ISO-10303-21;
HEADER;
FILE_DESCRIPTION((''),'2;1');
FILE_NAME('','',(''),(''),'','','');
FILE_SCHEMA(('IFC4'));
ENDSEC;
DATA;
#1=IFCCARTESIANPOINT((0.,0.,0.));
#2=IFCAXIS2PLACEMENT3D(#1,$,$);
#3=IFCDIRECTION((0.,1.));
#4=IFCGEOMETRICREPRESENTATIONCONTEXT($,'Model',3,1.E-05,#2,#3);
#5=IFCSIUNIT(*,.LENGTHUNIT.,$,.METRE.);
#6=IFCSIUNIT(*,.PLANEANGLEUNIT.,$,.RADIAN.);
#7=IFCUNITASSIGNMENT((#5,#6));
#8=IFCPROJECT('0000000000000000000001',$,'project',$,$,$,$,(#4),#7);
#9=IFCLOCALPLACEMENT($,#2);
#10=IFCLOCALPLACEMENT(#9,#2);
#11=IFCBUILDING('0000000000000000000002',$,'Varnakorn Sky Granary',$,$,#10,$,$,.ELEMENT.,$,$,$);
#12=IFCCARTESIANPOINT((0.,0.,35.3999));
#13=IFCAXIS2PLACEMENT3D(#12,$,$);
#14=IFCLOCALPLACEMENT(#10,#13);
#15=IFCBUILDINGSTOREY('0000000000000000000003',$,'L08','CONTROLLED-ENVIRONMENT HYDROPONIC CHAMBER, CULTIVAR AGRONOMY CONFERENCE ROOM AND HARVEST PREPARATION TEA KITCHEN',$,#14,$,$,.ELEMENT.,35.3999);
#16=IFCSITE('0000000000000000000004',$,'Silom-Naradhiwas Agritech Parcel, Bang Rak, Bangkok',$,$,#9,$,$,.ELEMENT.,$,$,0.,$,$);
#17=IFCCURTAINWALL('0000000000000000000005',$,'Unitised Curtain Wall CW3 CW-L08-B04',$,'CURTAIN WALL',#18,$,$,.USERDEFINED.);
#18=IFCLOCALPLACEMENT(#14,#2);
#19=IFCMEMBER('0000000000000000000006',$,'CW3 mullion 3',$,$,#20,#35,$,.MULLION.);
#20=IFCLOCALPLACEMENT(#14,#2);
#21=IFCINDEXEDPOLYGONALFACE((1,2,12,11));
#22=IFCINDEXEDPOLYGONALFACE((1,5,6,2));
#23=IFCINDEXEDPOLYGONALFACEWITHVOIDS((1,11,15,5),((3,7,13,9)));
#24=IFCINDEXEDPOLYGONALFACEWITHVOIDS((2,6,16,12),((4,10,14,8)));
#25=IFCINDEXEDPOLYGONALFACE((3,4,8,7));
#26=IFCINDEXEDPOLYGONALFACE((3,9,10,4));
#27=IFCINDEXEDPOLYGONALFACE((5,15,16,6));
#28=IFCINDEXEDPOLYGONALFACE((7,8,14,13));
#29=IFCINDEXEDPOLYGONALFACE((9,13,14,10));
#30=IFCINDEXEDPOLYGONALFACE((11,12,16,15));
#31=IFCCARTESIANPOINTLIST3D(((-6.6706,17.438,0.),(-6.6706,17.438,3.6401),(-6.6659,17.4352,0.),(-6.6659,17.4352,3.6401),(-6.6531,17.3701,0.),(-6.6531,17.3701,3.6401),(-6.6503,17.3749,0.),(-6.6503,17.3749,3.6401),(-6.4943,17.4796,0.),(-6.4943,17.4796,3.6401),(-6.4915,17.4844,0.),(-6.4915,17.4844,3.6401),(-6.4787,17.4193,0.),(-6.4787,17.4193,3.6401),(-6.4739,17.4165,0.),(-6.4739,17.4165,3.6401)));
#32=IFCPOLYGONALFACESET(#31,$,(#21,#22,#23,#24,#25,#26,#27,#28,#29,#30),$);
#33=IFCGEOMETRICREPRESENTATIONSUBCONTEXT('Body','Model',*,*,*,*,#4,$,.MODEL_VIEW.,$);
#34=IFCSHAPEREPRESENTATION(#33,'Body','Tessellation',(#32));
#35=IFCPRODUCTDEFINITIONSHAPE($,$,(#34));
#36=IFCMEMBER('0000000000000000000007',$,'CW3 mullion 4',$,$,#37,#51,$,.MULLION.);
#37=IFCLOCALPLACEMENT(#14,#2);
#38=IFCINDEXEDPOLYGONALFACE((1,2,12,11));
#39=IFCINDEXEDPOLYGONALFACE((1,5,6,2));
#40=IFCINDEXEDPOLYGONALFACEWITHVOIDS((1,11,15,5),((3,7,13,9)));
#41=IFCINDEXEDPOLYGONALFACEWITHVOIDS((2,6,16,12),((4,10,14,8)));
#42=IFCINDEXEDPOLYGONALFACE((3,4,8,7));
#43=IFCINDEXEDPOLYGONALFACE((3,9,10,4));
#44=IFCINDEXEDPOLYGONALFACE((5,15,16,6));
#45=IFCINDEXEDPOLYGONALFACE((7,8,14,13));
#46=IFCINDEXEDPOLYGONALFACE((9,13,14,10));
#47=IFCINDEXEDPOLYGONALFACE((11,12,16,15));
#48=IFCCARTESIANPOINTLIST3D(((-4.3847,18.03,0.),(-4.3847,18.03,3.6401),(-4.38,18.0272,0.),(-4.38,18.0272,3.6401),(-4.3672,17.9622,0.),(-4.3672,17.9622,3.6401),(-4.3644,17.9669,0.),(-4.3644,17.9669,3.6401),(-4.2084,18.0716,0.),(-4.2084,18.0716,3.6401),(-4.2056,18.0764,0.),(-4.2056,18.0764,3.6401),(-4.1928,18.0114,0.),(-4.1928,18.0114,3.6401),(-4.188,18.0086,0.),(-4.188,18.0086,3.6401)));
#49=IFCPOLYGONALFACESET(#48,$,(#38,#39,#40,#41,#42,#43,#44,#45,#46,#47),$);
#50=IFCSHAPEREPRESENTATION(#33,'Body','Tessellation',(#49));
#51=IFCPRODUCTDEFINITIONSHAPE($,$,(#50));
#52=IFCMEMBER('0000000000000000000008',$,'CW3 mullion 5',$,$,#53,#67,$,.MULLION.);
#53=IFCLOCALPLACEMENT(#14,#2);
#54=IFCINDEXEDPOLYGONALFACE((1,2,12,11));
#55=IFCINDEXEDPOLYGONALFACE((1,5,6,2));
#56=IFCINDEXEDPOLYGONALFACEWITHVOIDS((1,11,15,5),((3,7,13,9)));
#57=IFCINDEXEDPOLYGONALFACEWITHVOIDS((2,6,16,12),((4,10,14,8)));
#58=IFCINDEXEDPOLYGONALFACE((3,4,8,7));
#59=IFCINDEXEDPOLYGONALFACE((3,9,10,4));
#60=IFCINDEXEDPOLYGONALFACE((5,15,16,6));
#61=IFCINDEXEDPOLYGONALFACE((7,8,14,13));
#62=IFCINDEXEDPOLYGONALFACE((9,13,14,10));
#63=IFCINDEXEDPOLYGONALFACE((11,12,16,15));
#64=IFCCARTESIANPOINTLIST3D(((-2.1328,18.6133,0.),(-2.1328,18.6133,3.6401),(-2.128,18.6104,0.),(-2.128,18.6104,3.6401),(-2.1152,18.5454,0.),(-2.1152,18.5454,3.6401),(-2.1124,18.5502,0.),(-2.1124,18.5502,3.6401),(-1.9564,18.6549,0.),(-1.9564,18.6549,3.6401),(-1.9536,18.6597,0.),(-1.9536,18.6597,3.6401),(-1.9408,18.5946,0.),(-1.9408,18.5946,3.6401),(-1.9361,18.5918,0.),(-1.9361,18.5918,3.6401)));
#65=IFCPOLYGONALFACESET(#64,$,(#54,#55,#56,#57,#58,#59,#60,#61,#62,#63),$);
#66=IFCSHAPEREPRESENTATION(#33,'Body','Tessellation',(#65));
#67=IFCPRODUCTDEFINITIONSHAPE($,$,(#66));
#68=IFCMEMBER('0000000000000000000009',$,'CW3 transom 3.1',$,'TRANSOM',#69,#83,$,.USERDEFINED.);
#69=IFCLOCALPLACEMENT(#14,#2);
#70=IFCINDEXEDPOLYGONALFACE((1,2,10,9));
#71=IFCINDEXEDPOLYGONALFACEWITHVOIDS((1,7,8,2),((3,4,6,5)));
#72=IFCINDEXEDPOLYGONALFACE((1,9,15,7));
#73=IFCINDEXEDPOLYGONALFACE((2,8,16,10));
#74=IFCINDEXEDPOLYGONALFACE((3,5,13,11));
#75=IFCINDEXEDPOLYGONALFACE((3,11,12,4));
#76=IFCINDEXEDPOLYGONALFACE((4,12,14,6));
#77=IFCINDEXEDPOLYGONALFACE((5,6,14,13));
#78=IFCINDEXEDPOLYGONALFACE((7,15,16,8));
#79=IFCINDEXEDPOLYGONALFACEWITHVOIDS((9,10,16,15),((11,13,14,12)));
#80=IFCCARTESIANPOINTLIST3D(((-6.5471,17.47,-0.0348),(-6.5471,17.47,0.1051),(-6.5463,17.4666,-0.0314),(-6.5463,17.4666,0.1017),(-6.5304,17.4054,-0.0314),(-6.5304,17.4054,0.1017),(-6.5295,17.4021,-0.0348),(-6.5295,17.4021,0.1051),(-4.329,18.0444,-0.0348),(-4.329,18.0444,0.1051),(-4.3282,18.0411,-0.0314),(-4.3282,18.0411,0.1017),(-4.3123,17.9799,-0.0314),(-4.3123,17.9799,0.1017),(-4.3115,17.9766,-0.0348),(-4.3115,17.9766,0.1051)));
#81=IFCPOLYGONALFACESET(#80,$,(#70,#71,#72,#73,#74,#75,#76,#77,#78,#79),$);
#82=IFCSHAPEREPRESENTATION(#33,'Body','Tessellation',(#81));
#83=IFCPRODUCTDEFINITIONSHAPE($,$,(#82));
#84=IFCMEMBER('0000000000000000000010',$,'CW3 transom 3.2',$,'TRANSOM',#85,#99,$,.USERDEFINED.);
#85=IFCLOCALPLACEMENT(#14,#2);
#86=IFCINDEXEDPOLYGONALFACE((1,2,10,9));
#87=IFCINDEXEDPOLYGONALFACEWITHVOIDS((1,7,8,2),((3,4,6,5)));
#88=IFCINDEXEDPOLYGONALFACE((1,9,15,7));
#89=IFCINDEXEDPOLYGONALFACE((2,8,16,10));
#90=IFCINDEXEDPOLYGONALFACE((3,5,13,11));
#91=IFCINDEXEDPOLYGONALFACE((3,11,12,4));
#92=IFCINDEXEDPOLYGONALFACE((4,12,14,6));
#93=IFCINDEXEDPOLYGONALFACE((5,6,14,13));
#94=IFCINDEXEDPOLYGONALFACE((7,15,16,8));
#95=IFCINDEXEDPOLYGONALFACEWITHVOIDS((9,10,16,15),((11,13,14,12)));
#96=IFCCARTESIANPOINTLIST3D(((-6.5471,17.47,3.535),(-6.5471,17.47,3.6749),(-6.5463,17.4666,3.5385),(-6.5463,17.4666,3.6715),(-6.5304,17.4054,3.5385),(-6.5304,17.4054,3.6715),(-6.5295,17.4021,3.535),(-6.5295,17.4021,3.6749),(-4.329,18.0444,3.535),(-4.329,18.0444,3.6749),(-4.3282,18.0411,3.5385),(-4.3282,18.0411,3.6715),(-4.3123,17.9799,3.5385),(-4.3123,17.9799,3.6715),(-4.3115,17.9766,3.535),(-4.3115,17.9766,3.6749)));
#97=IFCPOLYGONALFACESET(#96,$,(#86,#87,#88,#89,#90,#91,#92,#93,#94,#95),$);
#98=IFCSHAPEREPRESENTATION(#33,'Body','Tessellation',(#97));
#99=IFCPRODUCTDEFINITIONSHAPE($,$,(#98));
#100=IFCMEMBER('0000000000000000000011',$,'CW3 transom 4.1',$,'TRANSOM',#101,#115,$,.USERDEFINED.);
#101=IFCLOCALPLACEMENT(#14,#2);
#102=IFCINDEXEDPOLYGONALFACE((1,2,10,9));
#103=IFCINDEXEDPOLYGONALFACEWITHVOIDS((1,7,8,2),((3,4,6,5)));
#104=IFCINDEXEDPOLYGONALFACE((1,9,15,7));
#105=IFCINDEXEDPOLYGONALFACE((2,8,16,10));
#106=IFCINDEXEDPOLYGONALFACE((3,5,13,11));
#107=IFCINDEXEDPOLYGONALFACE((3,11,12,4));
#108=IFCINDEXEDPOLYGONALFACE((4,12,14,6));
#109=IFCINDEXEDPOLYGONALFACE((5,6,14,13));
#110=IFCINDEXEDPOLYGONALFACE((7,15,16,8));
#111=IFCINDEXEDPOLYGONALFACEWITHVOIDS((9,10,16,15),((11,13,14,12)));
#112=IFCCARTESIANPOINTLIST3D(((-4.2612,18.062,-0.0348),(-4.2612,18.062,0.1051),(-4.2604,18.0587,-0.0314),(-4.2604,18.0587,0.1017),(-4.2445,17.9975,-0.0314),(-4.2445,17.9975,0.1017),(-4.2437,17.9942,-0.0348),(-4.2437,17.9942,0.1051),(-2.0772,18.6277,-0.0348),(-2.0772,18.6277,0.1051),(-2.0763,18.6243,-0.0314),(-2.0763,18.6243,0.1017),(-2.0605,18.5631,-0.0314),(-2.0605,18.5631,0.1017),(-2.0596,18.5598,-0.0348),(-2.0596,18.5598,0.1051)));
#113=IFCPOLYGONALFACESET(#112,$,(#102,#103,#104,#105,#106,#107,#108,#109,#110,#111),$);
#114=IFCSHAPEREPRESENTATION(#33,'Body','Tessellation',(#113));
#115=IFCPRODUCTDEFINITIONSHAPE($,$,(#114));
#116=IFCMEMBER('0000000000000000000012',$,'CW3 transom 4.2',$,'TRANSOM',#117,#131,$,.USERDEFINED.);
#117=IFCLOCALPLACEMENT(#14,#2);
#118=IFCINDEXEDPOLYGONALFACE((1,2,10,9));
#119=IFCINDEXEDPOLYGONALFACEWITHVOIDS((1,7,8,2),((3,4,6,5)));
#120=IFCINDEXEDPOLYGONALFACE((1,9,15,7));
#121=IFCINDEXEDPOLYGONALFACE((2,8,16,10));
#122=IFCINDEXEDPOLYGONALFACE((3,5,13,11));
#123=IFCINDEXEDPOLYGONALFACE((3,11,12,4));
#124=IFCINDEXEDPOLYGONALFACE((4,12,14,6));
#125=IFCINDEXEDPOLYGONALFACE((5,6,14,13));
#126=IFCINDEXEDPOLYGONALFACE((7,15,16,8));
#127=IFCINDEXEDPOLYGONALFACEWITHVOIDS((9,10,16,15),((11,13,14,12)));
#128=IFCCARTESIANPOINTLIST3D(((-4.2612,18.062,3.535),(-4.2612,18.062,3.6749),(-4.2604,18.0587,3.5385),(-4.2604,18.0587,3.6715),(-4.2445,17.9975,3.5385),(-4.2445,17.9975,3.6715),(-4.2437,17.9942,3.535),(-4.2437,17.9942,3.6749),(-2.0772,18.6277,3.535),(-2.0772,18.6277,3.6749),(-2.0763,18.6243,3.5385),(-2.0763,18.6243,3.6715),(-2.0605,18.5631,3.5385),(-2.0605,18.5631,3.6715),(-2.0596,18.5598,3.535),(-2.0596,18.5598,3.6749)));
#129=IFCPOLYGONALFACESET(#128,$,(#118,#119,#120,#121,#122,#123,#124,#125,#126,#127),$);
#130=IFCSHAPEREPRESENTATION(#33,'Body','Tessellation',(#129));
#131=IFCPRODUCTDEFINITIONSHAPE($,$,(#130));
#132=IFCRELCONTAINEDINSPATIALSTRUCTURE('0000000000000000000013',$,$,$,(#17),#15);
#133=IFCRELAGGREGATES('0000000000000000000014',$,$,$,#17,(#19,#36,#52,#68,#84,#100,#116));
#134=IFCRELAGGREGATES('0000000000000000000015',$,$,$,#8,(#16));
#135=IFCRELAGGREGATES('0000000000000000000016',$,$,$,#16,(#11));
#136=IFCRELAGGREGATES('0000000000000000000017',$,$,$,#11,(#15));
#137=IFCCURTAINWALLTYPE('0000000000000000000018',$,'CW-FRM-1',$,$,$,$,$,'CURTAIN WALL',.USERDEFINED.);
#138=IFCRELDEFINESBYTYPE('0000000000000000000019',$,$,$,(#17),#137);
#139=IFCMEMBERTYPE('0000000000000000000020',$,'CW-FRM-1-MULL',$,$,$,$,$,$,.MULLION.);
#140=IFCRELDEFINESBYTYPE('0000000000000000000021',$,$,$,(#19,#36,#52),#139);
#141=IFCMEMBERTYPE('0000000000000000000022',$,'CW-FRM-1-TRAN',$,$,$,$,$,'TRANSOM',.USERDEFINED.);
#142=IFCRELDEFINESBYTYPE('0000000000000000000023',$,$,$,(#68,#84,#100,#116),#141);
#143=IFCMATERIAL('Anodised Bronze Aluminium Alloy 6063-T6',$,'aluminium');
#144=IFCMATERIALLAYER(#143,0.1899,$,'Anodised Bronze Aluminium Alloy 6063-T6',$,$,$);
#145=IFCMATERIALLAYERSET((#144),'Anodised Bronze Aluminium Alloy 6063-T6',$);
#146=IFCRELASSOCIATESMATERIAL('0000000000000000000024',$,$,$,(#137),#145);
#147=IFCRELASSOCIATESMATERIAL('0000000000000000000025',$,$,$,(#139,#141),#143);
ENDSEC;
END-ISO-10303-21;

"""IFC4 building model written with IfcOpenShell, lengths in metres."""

from ifc_helpers import new_model, si_unit, direction, frame, origin, origin_2d, place, context, subcontext, project, spatial, hollow_rectangle, extrude, material, layer, layer_set, material_profile, profile_set, type_object, element, aggregate, save


model = new_model("IFC4")

# Units and contexts
model_context = context("Model", 3, precision=1e-05, world=origin(), true_north=direction((0.0, 1.0)))
body_context = subcontext(model_context, "Body", "Model", "MODEL_VIEW")
ifc_project = project(units=[si_unit("LENGTHUNIT", "METRE"), si_unit("PLANEANGLEUNIT", "RADIAN")], contexts=[model_context])

# Site, building, storey
site_placement = place(None, origin())
site = spatial("IfcSite", under=ifc_project, at=site_placement, Name="Silom-Naradhiwas Agritech Parcel, Bang Rak, Bangkok", CompositionType="ELEMENT", RefElevation=0.0)
building_placement = place(site_placement, origin())
building = spatial("IfcBuilding", under=site, at=building_placement, Name="Varnakorn Sky Granary", CompositionType="ELEMENT")
storey_placement = place(building_placement, frame((0.0, 0.0, 35.3999)))
storey = spatial("IfcBuildingStorey", under=building, at=storey_placement, Name="L08", Description="CONTROLLED-ENVIRONMENT HYDROPONIC CHAMBER, CULTIVAR AGRONOMY CONFERENCE ROOM AND HARVEST PREPARATION TEA KITCHEN", CompositionType="ELEMENT", Elevation=35.3999)

# Curtain wall, members
ifc_material_1 = material(Name="Anodised Bronze Aluminium Alloy 6063-T6", Category="aluminium")
ifc_layer_1 = layer(ifc_material_1, 0.1899, Name="Anodised Bronze Aluminium Alloy 6063-T6")
ifc_layer_set_1 = layer_set([ifc_layer_1], Name="Anodised Bronze Aluminium Alloy 6063-T6")
curtain_wall_type = type_object("IfcCurtainWallType", Name="CW-FRM-1", ElementType="CURTAIN WALL", PredefinedType="USERDEFINED", material=ifc_layer_set_1)
curtain_wall_placement = place(storey_placement, origin())
curtain_wall = element("IfcCurtainWall", 1, at=curtain_wall_placement, inside=storey, type_object=curtain_wall_type, Name="Unitised Curtain Wall CW3 CW-L08-B04", ObjectType="CURTAIN WALL", PredefinedType="USERDEFINED")
ifc_material_profile_1 = material_profile(ifc_material_1, hollow_rectangle(XDim=0.0701, YDim=0.1851, WallThickness=0.0039, at=origin_2d()), Name="ALU MULL 70x185")
ifc_profile_set_1 = profile_set([ifc_material_profile_1], Name="Anodised Bronze Aluminium Alloy 6063-T6")
member_type_1 = type_object("IfcMemberType", Name="CW-FRM-1-MULL", PredefinedType="MULLION", material=ifc_profile_set_1)
member_1_placement = place(storey_placement, frame((-6.5723, 17.4272, 0.0), z_axis=(0.0, 0.0, 1.0), x_axis=(-0.25076, 0.968049, 0.0)))
member_1 = element("IfcMember", 2, at=member_1_placement, type_object=member_type_1, Name="CW3 mullion 3", PredefinedType="MULLION", context=body_context, shape_type="SweptSolid", body=[
    extrude(hollow_rectangle(XDim=0.0701, YDim=0.1851, WallThickness=0.0039, at=origin_2d()), origin(), (0.0, 0.0, 1.0), 3.6401),
])
member_2_placement = place(storey_placement, frame((-4.2864, 18.0193, 0.0), z_axis=(0.0, 0.0, 1.0), x_axis=(-0.25076, 0.968049, 0.0)))
member_2 = element("IfcMember", 3, at=member_2_placement, type_object=member_type_1, Name="CW3 mullion 4", PredefinedType="MULLION", context=body_context, shape_type="SweptSolid", body=[
    extrude(hollow_rectangle(XDim=0.0701, YDim=0.1851, WallThickness=0.0039, at=origin_2d()), origin(), (0.0, 0.0, 1.0), 3.6401),
])
member_3_placement = place(storey_placement, frame((-2.0344, 18.6025, 0.0), z_axis=(0.0, 0.0, 1.0), x_axis=(-0.25076, 0.968049, 0.0)))
member_3 = element("IfcMember", 4, at=member_3_placement, type_object=member_type_1, Name="CW3 mullion 5", PredefinedType="MULLION", context=body_context, shape_type="SweptSolid", body=[
    extrude(hollow_rectangle(XDim=0.0701, YDim=0.1851, WallThickness=0.0039, at=origin_2d()), origin(), (0.0, 0.0, 1.0), 3.6401),
])
ifc_material_profile_2 = material_profile(ifc_material_1, hollow_rectangle(XDim=0.0701, YDim=0.1399, WallThickness=0.0034, at=origin_2d()), Name="ALU TRAN 70x140")
ifc_profile_set_2 = profile_set([ifc_material_profile_2], Name="Anodised Bronze Aluminium Alloy 6063-T6")
member_type_2 = type_object("IfcMemberType", Name="CW-FRM-1-TRAN", ElementType="TRANSOM", PredefinedType="USERDEFINED", material=ifc_profile_set_2)
member_4_placement = place(storey_placement, frame((-6.5383, 17.436, 0.0352), z_axis=(0.968058, 0.250725, 0.0), x_axis=(-0.250725, 0.968058, 0.0)))
member_4 = element("IfcMember", 5, at=member_4_placement, type_object=member_type_2, Name="CW3 transom 3.1", ObjectType="TRANSOM", PredefinedType="USERDEFINED", context=body_context, shape_type="SweptSolid", body=[
    extrude(hollow_rectangle(XDim=0.0701, YDim=0.1399, WallThickness=0.0034, at=origin_2d()), origin(), (0.0, 0.0, 1.0), 2.2913),
])
member_5_placement = place(storey_placement, frame((-6.5383, 17.436, 3.605), z_axis=(0.968058, 0.250725, 0.0), x_axis=(-0.250725, 0.968058, 0.0)))
member_5 = element("IfcMember", 6, at=member_5_placement, type_object=member_type_2, Name="CW3 transom 3.2", ObjectType="TRANSOM", PredefinedType="USERDEFINED", context=body_context, shape_type="SweptSolid", body=[
    extrude(hollow_rectangle(XDim=0.0701, YDim=0.1399, WallThickness=0.0034, at=origin_2d()), origin(), (0.0, 0.0, 1.0), 2.2913),
])
member_6_placement = place(storey_placement, frame((-4.2524, 18.0281, 0.0352), z_axis=(0.968058, 0.250726, 0.0), x_axis=(-0.250726, 0.968058, 0.0)))
member_6 = element("IfcMember", 7, at=member_6_placement, type_object=member_type_2, Name="CW3 transom 4.1", ObjectType="TRANSOM", PredefinedType="USERDEFINED", context=body_context, shape_type="SweptSolid", body=[
    extrude(hollow_rectangle(XDim=0.0701, YDim=0.1399, WallThickness=0.0034, at=origin_2d()), origin(), (0.0, 0.0, 1.0), 2.2561),
])
member_7_placement = place(storey_placement, frame((-4.2524, 18.0281, 3.605), z_axis=(0.968058, 0.250726, 0.0), x_axis=(-0.250726, 0.968058, 0.0)))
member_7 = element("IfcMember", 8, at=member_7_placement, type_object=member_type_2, Name="CW3 transom 4.2", ObjectType="TRANSOM", PredefinedType="USERDEFINED", context=body_context, shape_type="SweptSolid", body=[
    extrude(hollow_rectangle(XDim=0.0701, YDim=0.1399, WallThickness=0.0034, at=origin_2d()), origin(), (0.0, 0.0, 1.0), 2.2561),
])

aggregate(curtain_wall, [member_1, member_2, member_3, member_4, member_5, member_6, member_7])

save(model, "model.ifc")
